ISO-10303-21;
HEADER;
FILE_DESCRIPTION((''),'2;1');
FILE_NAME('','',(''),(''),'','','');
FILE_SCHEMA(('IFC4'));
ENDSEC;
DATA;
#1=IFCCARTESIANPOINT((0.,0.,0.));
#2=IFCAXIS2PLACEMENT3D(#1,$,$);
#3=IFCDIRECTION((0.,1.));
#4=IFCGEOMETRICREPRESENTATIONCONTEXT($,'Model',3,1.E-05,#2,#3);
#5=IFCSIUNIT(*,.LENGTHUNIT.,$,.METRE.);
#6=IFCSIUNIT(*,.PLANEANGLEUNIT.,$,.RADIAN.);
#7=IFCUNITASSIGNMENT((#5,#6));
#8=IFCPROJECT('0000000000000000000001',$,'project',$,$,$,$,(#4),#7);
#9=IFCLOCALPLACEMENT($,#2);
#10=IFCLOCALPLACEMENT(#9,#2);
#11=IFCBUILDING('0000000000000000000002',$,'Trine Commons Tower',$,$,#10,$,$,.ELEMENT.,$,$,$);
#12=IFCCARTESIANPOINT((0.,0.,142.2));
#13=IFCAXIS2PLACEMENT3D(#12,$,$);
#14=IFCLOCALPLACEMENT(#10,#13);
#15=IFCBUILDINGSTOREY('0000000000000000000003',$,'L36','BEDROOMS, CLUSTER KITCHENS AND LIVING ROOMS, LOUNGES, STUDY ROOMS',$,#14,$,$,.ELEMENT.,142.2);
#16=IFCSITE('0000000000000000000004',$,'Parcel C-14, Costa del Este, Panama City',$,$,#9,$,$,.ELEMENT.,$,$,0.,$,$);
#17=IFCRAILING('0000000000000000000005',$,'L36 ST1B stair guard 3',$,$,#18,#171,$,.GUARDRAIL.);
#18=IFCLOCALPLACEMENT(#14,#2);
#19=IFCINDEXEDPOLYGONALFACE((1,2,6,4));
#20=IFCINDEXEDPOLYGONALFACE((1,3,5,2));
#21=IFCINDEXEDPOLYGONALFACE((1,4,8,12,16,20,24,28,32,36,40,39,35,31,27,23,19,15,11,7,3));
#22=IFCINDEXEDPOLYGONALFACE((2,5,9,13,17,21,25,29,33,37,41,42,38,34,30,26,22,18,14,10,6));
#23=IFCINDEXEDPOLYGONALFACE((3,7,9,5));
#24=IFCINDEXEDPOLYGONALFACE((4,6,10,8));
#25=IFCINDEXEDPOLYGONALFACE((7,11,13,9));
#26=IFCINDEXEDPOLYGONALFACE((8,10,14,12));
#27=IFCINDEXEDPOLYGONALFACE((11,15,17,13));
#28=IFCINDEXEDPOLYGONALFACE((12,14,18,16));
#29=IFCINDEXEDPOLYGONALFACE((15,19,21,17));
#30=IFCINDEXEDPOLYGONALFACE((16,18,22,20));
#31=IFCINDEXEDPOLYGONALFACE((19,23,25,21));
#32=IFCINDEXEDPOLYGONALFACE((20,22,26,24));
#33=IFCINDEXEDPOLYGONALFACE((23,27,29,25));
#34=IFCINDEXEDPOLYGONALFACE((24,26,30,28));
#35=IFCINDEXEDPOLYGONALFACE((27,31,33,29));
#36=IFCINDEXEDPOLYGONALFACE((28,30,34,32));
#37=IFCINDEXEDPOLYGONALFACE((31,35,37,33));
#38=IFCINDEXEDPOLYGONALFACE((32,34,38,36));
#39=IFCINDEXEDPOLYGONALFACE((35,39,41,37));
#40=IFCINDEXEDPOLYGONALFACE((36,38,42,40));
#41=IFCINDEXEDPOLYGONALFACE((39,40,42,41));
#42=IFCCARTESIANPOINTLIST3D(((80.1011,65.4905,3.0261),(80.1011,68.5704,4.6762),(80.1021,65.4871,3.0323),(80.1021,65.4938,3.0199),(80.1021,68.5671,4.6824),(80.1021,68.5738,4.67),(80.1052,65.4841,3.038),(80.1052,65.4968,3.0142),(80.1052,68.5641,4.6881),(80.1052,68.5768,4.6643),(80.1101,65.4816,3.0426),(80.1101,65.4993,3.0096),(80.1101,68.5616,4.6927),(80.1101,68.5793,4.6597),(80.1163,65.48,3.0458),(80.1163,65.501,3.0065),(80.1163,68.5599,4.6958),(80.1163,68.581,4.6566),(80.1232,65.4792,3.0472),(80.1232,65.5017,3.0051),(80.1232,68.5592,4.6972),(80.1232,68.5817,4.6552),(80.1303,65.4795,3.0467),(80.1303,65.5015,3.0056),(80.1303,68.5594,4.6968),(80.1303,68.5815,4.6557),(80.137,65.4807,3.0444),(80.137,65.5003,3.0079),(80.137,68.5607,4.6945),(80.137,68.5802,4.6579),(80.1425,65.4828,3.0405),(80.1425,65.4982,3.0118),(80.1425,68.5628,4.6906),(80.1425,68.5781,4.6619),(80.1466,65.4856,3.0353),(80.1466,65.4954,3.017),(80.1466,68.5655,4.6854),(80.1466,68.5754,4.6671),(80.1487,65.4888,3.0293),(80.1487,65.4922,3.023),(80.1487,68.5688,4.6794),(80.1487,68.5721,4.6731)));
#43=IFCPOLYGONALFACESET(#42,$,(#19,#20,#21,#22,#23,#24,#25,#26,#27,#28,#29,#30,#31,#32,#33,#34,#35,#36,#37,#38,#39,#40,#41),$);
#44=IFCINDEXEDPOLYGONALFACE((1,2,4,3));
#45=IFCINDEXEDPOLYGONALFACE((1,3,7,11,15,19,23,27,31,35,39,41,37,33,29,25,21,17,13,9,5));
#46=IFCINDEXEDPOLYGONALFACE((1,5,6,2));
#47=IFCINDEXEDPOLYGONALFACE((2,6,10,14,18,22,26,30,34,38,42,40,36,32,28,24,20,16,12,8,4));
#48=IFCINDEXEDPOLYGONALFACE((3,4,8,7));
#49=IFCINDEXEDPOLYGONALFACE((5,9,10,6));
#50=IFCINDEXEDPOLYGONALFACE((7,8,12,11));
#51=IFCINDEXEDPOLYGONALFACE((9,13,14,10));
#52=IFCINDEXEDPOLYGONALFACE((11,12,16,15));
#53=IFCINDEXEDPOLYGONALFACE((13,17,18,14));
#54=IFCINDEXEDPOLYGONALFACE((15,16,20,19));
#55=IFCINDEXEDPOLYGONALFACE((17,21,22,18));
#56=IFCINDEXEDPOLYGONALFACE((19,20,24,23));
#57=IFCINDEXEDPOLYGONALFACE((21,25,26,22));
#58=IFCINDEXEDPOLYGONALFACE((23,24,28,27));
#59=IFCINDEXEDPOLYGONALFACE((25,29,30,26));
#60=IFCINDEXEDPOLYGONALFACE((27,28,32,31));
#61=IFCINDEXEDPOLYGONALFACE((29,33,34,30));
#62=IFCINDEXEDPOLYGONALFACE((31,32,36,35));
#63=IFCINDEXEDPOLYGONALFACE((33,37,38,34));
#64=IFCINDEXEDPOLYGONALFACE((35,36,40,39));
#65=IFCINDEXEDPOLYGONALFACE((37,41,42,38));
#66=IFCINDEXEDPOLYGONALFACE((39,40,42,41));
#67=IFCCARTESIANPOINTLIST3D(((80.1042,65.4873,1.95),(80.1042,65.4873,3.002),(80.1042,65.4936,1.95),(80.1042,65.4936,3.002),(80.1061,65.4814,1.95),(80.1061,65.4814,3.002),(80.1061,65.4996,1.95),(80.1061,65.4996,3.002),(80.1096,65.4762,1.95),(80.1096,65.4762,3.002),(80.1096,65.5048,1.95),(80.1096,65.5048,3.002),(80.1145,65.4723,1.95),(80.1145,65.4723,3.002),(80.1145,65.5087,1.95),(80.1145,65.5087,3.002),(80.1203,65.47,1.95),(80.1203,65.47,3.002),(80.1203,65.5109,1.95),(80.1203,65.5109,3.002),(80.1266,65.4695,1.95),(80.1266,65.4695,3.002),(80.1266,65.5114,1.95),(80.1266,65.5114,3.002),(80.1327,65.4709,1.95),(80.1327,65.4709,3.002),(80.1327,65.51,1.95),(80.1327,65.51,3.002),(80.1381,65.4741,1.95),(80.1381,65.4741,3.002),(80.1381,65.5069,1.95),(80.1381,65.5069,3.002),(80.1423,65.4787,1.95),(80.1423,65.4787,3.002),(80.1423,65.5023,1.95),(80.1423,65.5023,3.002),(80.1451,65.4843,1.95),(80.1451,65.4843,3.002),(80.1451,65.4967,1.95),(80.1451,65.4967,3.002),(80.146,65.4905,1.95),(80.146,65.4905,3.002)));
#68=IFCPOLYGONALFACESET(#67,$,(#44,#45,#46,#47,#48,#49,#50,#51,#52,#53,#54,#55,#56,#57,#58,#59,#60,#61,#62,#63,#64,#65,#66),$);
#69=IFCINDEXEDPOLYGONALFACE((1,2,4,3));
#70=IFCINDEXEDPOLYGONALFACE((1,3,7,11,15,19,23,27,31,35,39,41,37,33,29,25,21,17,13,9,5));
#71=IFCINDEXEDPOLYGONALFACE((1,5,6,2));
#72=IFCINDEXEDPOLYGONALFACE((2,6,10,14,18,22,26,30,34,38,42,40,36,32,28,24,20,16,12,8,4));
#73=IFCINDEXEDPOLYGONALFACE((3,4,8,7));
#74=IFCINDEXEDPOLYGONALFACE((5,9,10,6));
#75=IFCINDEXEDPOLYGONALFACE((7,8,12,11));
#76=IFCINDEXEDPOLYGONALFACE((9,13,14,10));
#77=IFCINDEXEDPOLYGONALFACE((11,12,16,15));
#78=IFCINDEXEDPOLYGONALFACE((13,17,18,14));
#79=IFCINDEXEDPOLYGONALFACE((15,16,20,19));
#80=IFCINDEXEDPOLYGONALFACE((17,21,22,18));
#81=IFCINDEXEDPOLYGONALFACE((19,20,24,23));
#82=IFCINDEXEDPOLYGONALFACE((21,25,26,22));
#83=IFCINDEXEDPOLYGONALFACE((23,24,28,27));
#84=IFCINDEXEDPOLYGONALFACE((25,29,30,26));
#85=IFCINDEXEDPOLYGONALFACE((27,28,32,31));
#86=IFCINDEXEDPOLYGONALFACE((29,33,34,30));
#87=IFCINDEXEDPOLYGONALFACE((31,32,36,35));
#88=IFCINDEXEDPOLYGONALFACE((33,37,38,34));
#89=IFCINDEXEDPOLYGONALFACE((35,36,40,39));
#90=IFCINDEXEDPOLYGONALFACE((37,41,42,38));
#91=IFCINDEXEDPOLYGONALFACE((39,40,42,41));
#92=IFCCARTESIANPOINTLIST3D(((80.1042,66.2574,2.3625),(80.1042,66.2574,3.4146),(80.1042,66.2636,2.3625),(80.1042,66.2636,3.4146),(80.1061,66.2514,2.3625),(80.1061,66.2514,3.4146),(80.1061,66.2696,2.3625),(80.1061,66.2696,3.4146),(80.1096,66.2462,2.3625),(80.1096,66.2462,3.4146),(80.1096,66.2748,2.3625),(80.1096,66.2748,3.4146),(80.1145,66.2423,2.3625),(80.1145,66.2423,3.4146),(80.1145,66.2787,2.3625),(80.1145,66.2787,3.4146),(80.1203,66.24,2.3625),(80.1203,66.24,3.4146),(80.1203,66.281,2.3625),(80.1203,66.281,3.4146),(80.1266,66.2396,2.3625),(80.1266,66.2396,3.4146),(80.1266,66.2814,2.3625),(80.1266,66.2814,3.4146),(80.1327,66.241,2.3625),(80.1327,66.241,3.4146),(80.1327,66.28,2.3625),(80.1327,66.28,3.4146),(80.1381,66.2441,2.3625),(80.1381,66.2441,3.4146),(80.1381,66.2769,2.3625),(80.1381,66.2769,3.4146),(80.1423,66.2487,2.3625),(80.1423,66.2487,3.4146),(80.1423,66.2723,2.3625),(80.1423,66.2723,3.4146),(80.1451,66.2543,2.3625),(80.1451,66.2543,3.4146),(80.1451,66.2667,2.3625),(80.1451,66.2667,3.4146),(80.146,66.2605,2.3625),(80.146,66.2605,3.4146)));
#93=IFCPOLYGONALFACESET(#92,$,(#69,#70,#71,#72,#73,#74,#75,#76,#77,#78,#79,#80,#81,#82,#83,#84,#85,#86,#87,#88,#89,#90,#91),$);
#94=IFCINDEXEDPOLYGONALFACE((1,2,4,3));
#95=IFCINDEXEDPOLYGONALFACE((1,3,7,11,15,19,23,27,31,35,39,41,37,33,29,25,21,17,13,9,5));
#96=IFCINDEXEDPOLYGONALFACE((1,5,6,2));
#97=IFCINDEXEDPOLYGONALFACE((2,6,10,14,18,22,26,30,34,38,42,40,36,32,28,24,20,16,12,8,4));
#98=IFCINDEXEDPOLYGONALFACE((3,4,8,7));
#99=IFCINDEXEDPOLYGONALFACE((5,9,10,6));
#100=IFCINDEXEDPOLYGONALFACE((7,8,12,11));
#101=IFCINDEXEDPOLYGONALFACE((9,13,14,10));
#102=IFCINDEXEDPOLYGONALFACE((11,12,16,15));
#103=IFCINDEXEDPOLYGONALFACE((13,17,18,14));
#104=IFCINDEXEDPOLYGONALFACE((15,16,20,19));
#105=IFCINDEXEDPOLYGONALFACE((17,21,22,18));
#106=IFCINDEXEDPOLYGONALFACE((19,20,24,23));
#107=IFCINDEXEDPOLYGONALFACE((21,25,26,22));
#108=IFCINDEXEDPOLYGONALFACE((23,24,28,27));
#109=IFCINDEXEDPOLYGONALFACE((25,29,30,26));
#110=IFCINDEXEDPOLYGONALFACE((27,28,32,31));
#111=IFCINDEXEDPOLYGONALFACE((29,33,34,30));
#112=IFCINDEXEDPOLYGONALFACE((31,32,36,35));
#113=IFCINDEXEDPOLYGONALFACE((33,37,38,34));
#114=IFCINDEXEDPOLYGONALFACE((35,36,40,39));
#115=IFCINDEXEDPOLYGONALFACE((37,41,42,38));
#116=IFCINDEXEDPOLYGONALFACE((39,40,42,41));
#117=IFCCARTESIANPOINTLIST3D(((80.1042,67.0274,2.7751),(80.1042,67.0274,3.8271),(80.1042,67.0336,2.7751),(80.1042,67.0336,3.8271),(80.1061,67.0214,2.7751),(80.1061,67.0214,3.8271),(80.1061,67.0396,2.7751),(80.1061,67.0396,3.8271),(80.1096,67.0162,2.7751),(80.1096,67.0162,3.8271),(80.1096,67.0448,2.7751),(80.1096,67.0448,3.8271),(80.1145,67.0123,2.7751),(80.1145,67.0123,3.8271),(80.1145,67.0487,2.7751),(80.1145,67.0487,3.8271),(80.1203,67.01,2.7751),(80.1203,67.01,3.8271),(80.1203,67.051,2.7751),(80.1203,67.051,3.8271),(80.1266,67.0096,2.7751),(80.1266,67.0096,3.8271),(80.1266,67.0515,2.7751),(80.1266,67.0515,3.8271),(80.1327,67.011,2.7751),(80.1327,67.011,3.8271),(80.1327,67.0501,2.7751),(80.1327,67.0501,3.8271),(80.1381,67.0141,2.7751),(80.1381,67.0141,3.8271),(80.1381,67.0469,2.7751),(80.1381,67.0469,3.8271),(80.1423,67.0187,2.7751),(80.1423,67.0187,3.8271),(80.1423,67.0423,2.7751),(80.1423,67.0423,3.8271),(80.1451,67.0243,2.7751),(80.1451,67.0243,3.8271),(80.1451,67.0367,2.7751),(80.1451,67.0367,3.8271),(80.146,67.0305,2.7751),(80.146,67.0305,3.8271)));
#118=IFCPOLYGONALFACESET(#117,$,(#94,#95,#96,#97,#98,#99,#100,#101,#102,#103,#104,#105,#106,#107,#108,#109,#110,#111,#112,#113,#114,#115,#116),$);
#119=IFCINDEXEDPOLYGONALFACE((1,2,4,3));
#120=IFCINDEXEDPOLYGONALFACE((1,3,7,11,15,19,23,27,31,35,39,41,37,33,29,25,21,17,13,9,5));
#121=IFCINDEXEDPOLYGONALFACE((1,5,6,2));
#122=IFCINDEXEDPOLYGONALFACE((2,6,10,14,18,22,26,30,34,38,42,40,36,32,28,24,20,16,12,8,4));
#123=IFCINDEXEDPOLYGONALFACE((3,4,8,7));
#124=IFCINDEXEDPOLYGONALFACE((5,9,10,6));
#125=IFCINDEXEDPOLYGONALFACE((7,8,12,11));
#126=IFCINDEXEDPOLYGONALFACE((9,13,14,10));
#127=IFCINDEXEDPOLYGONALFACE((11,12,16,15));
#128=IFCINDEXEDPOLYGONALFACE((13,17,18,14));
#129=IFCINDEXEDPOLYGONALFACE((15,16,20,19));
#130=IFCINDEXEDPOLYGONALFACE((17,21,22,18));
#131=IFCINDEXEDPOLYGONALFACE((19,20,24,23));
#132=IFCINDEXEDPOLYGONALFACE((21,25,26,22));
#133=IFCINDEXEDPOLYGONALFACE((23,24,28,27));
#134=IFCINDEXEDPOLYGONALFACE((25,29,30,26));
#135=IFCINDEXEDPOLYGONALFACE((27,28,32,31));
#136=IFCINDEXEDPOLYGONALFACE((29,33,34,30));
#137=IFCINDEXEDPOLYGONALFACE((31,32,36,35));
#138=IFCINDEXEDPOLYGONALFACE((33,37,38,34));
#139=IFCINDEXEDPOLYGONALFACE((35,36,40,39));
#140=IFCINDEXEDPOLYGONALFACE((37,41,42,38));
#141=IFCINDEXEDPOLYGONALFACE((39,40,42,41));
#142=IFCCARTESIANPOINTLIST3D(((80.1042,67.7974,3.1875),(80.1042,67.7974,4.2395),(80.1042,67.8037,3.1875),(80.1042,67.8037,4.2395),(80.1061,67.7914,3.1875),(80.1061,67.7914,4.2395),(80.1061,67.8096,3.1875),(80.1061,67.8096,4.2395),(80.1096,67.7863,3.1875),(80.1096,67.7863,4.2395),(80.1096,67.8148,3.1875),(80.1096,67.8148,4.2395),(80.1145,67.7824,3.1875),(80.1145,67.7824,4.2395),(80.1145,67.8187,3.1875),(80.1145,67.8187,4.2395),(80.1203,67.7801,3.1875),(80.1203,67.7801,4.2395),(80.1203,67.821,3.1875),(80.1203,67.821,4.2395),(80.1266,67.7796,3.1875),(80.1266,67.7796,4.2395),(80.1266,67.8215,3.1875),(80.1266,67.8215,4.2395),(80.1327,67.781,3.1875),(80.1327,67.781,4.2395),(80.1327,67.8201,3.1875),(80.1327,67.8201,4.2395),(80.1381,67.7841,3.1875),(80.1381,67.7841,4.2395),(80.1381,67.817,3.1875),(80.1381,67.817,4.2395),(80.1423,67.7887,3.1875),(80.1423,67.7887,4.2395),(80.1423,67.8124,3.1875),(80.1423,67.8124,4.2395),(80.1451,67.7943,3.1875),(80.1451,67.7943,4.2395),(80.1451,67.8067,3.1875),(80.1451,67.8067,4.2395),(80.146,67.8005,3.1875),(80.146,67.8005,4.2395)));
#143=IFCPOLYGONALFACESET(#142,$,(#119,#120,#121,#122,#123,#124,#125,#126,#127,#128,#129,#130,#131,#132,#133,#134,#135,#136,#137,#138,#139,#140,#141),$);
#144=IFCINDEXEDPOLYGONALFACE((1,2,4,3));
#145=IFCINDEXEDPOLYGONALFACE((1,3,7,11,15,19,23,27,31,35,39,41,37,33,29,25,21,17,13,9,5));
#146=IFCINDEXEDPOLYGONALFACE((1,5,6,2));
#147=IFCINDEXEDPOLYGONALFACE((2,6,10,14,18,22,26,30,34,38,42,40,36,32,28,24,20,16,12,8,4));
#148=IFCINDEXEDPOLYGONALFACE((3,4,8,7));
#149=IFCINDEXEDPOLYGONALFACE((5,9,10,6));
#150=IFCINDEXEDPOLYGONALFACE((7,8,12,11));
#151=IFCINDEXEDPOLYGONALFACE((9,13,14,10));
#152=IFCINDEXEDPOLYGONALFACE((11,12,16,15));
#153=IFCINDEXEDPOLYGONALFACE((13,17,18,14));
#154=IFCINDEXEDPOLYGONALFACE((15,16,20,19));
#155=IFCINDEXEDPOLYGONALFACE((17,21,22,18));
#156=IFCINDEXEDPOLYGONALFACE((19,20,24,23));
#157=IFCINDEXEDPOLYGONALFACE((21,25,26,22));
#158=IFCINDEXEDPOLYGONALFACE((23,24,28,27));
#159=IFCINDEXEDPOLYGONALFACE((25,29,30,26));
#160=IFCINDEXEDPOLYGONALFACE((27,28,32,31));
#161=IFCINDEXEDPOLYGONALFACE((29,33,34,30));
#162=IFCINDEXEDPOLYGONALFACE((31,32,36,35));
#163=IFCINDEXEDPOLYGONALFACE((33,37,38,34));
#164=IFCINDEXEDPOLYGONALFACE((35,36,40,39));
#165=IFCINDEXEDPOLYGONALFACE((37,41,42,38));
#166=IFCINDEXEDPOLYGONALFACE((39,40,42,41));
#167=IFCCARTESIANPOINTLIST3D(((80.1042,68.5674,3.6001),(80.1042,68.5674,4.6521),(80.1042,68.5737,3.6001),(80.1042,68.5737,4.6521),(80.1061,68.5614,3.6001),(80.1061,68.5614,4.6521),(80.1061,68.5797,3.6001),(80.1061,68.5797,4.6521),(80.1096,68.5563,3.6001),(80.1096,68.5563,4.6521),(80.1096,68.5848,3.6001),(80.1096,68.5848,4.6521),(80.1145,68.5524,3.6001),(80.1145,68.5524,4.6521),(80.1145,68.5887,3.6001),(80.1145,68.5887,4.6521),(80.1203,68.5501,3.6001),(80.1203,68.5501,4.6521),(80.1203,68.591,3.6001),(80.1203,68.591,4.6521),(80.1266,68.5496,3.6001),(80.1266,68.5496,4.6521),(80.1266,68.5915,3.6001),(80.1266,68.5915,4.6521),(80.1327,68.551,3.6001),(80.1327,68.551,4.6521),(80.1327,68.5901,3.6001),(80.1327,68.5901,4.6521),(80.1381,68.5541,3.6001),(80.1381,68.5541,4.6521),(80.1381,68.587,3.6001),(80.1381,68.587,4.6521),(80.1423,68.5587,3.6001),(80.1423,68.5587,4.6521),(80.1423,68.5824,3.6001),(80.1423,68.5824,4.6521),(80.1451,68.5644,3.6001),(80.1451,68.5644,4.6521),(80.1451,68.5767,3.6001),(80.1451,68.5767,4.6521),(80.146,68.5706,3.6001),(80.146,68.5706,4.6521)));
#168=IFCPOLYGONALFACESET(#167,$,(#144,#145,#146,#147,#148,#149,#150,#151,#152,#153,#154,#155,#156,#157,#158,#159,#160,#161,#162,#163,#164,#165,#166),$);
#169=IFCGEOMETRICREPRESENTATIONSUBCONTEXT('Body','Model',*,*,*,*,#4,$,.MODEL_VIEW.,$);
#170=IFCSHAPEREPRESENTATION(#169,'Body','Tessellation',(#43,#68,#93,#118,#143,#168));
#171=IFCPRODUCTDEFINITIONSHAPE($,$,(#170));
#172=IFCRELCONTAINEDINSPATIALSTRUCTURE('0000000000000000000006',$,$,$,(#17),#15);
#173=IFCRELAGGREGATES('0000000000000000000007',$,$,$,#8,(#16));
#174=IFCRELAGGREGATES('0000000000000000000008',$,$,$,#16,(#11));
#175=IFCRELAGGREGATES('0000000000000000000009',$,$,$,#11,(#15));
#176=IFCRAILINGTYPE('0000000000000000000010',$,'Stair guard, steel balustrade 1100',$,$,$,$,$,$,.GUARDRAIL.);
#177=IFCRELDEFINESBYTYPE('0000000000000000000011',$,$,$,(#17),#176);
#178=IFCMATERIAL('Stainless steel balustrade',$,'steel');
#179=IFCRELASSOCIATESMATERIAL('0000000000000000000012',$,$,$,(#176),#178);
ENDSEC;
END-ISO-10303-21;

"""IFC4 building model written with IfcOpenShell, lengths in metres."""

from ifc_helpers import new_model, si_unit, direction, frame, origin, origin_2d, place, context, subcontext, project, spatial, circle, extrude, material, type_object, element, save


model = new_model("IFC4")

# Units and contexts
model_context = context("Model", 3, precision=1e-05, world=origin(), true_north=direction((0.0, 1.0)))
body_context = subcontext(model_context, "Body", "Model", "MODEL_VIEW")
ifc_project = project(units=[si_unit("LENGTHUNIT", "METRE"), si_unit("PLANEANGLEUNIT", "RADIAN")], contexts=[model_context])

# Site, building, storey
site_placement = place(None, origin())
site = spatial("IfcSite", under=ifc_project, at=site_placement, Name="Parcel C-14, Costa del Este, Panama City", CompositionType="ELEMENT", RefElevation=0.0)
building_placement = place(site_placement, origin())
building = spatial("IfcBuilding", under=site, at=building_placement, Name="Trine Commons Tower", CompositionType="ELEMENT")
storey_placement = place(building_placement, frame((0.0, 0.0, 142.2)))
storey = spatial("IfcBuildingStorey", under=building, at=storey_placement, Name="L36", Description="BEDROOMS, CLUSTER KITCHENS AND LIVING ROOMS, LOUNGES, STUDY ROOMS", CompositionType="ELEMENT", Elevation=142.2)

# Railing
ifc_material_1 = material(Name="Stainless steel balustrade", Category="steel")
railing_type_1 = type_object("IfcRailingType", Name="Stair guard, steel balustrade 1100", PredefinedType="GUARDRAIL", material=ifc_material_1)
railing_1_placement = place(storey_placement, frame((80.125, 65.4905, 1.95)))
element("IfcRailing", 1, at=railing_1_placement, inside=storey, type_object=railing_type_1, Name="L36 ST1B stair guard 3", PredefinedType="GUARDRAIL", context=body_context, shape_type="SweptSolid", body=[
    extrude(circle(Radius=0.0239, at=origin_2d()), frame((0.0, 0.0, 1.0762), z_axis=(0.0, 0.881468, 0.472245), x_axis=(-1.0, 0.0, 0.0)), (0.0, 0.0, 1.0), 3.4941),
    extrude(circle(Radius=0.021, at=origin_2d()), origin(), (0.0, 0.0, 1.0), 1.052),
    extrude(circle(Radius=0.021, at=origin_2d()), frame((0.0, 0.77, 0.4126)), (0.0, 0.0, 1.0), 1.052),
    extrude(circle(Radius=0.021, at=origin_2d()), frame((0.0, 1.54, 0.8252)), (0.0, 0.0, 1.0), 1.052),
    extrude(circle(Radius=0.021, at=origin_2d()), frame((0.0, 2.3101, 1.2375)), (0.0, 0.0, 1.0), 1.052),
    extrude(circle(Radius=0.021, at=origin_2d()), frame((0.0, 3.0801, 1.6501)), (0.0, 0.0, 1.0), 1.052),
])

save(model, "model.ifc")
